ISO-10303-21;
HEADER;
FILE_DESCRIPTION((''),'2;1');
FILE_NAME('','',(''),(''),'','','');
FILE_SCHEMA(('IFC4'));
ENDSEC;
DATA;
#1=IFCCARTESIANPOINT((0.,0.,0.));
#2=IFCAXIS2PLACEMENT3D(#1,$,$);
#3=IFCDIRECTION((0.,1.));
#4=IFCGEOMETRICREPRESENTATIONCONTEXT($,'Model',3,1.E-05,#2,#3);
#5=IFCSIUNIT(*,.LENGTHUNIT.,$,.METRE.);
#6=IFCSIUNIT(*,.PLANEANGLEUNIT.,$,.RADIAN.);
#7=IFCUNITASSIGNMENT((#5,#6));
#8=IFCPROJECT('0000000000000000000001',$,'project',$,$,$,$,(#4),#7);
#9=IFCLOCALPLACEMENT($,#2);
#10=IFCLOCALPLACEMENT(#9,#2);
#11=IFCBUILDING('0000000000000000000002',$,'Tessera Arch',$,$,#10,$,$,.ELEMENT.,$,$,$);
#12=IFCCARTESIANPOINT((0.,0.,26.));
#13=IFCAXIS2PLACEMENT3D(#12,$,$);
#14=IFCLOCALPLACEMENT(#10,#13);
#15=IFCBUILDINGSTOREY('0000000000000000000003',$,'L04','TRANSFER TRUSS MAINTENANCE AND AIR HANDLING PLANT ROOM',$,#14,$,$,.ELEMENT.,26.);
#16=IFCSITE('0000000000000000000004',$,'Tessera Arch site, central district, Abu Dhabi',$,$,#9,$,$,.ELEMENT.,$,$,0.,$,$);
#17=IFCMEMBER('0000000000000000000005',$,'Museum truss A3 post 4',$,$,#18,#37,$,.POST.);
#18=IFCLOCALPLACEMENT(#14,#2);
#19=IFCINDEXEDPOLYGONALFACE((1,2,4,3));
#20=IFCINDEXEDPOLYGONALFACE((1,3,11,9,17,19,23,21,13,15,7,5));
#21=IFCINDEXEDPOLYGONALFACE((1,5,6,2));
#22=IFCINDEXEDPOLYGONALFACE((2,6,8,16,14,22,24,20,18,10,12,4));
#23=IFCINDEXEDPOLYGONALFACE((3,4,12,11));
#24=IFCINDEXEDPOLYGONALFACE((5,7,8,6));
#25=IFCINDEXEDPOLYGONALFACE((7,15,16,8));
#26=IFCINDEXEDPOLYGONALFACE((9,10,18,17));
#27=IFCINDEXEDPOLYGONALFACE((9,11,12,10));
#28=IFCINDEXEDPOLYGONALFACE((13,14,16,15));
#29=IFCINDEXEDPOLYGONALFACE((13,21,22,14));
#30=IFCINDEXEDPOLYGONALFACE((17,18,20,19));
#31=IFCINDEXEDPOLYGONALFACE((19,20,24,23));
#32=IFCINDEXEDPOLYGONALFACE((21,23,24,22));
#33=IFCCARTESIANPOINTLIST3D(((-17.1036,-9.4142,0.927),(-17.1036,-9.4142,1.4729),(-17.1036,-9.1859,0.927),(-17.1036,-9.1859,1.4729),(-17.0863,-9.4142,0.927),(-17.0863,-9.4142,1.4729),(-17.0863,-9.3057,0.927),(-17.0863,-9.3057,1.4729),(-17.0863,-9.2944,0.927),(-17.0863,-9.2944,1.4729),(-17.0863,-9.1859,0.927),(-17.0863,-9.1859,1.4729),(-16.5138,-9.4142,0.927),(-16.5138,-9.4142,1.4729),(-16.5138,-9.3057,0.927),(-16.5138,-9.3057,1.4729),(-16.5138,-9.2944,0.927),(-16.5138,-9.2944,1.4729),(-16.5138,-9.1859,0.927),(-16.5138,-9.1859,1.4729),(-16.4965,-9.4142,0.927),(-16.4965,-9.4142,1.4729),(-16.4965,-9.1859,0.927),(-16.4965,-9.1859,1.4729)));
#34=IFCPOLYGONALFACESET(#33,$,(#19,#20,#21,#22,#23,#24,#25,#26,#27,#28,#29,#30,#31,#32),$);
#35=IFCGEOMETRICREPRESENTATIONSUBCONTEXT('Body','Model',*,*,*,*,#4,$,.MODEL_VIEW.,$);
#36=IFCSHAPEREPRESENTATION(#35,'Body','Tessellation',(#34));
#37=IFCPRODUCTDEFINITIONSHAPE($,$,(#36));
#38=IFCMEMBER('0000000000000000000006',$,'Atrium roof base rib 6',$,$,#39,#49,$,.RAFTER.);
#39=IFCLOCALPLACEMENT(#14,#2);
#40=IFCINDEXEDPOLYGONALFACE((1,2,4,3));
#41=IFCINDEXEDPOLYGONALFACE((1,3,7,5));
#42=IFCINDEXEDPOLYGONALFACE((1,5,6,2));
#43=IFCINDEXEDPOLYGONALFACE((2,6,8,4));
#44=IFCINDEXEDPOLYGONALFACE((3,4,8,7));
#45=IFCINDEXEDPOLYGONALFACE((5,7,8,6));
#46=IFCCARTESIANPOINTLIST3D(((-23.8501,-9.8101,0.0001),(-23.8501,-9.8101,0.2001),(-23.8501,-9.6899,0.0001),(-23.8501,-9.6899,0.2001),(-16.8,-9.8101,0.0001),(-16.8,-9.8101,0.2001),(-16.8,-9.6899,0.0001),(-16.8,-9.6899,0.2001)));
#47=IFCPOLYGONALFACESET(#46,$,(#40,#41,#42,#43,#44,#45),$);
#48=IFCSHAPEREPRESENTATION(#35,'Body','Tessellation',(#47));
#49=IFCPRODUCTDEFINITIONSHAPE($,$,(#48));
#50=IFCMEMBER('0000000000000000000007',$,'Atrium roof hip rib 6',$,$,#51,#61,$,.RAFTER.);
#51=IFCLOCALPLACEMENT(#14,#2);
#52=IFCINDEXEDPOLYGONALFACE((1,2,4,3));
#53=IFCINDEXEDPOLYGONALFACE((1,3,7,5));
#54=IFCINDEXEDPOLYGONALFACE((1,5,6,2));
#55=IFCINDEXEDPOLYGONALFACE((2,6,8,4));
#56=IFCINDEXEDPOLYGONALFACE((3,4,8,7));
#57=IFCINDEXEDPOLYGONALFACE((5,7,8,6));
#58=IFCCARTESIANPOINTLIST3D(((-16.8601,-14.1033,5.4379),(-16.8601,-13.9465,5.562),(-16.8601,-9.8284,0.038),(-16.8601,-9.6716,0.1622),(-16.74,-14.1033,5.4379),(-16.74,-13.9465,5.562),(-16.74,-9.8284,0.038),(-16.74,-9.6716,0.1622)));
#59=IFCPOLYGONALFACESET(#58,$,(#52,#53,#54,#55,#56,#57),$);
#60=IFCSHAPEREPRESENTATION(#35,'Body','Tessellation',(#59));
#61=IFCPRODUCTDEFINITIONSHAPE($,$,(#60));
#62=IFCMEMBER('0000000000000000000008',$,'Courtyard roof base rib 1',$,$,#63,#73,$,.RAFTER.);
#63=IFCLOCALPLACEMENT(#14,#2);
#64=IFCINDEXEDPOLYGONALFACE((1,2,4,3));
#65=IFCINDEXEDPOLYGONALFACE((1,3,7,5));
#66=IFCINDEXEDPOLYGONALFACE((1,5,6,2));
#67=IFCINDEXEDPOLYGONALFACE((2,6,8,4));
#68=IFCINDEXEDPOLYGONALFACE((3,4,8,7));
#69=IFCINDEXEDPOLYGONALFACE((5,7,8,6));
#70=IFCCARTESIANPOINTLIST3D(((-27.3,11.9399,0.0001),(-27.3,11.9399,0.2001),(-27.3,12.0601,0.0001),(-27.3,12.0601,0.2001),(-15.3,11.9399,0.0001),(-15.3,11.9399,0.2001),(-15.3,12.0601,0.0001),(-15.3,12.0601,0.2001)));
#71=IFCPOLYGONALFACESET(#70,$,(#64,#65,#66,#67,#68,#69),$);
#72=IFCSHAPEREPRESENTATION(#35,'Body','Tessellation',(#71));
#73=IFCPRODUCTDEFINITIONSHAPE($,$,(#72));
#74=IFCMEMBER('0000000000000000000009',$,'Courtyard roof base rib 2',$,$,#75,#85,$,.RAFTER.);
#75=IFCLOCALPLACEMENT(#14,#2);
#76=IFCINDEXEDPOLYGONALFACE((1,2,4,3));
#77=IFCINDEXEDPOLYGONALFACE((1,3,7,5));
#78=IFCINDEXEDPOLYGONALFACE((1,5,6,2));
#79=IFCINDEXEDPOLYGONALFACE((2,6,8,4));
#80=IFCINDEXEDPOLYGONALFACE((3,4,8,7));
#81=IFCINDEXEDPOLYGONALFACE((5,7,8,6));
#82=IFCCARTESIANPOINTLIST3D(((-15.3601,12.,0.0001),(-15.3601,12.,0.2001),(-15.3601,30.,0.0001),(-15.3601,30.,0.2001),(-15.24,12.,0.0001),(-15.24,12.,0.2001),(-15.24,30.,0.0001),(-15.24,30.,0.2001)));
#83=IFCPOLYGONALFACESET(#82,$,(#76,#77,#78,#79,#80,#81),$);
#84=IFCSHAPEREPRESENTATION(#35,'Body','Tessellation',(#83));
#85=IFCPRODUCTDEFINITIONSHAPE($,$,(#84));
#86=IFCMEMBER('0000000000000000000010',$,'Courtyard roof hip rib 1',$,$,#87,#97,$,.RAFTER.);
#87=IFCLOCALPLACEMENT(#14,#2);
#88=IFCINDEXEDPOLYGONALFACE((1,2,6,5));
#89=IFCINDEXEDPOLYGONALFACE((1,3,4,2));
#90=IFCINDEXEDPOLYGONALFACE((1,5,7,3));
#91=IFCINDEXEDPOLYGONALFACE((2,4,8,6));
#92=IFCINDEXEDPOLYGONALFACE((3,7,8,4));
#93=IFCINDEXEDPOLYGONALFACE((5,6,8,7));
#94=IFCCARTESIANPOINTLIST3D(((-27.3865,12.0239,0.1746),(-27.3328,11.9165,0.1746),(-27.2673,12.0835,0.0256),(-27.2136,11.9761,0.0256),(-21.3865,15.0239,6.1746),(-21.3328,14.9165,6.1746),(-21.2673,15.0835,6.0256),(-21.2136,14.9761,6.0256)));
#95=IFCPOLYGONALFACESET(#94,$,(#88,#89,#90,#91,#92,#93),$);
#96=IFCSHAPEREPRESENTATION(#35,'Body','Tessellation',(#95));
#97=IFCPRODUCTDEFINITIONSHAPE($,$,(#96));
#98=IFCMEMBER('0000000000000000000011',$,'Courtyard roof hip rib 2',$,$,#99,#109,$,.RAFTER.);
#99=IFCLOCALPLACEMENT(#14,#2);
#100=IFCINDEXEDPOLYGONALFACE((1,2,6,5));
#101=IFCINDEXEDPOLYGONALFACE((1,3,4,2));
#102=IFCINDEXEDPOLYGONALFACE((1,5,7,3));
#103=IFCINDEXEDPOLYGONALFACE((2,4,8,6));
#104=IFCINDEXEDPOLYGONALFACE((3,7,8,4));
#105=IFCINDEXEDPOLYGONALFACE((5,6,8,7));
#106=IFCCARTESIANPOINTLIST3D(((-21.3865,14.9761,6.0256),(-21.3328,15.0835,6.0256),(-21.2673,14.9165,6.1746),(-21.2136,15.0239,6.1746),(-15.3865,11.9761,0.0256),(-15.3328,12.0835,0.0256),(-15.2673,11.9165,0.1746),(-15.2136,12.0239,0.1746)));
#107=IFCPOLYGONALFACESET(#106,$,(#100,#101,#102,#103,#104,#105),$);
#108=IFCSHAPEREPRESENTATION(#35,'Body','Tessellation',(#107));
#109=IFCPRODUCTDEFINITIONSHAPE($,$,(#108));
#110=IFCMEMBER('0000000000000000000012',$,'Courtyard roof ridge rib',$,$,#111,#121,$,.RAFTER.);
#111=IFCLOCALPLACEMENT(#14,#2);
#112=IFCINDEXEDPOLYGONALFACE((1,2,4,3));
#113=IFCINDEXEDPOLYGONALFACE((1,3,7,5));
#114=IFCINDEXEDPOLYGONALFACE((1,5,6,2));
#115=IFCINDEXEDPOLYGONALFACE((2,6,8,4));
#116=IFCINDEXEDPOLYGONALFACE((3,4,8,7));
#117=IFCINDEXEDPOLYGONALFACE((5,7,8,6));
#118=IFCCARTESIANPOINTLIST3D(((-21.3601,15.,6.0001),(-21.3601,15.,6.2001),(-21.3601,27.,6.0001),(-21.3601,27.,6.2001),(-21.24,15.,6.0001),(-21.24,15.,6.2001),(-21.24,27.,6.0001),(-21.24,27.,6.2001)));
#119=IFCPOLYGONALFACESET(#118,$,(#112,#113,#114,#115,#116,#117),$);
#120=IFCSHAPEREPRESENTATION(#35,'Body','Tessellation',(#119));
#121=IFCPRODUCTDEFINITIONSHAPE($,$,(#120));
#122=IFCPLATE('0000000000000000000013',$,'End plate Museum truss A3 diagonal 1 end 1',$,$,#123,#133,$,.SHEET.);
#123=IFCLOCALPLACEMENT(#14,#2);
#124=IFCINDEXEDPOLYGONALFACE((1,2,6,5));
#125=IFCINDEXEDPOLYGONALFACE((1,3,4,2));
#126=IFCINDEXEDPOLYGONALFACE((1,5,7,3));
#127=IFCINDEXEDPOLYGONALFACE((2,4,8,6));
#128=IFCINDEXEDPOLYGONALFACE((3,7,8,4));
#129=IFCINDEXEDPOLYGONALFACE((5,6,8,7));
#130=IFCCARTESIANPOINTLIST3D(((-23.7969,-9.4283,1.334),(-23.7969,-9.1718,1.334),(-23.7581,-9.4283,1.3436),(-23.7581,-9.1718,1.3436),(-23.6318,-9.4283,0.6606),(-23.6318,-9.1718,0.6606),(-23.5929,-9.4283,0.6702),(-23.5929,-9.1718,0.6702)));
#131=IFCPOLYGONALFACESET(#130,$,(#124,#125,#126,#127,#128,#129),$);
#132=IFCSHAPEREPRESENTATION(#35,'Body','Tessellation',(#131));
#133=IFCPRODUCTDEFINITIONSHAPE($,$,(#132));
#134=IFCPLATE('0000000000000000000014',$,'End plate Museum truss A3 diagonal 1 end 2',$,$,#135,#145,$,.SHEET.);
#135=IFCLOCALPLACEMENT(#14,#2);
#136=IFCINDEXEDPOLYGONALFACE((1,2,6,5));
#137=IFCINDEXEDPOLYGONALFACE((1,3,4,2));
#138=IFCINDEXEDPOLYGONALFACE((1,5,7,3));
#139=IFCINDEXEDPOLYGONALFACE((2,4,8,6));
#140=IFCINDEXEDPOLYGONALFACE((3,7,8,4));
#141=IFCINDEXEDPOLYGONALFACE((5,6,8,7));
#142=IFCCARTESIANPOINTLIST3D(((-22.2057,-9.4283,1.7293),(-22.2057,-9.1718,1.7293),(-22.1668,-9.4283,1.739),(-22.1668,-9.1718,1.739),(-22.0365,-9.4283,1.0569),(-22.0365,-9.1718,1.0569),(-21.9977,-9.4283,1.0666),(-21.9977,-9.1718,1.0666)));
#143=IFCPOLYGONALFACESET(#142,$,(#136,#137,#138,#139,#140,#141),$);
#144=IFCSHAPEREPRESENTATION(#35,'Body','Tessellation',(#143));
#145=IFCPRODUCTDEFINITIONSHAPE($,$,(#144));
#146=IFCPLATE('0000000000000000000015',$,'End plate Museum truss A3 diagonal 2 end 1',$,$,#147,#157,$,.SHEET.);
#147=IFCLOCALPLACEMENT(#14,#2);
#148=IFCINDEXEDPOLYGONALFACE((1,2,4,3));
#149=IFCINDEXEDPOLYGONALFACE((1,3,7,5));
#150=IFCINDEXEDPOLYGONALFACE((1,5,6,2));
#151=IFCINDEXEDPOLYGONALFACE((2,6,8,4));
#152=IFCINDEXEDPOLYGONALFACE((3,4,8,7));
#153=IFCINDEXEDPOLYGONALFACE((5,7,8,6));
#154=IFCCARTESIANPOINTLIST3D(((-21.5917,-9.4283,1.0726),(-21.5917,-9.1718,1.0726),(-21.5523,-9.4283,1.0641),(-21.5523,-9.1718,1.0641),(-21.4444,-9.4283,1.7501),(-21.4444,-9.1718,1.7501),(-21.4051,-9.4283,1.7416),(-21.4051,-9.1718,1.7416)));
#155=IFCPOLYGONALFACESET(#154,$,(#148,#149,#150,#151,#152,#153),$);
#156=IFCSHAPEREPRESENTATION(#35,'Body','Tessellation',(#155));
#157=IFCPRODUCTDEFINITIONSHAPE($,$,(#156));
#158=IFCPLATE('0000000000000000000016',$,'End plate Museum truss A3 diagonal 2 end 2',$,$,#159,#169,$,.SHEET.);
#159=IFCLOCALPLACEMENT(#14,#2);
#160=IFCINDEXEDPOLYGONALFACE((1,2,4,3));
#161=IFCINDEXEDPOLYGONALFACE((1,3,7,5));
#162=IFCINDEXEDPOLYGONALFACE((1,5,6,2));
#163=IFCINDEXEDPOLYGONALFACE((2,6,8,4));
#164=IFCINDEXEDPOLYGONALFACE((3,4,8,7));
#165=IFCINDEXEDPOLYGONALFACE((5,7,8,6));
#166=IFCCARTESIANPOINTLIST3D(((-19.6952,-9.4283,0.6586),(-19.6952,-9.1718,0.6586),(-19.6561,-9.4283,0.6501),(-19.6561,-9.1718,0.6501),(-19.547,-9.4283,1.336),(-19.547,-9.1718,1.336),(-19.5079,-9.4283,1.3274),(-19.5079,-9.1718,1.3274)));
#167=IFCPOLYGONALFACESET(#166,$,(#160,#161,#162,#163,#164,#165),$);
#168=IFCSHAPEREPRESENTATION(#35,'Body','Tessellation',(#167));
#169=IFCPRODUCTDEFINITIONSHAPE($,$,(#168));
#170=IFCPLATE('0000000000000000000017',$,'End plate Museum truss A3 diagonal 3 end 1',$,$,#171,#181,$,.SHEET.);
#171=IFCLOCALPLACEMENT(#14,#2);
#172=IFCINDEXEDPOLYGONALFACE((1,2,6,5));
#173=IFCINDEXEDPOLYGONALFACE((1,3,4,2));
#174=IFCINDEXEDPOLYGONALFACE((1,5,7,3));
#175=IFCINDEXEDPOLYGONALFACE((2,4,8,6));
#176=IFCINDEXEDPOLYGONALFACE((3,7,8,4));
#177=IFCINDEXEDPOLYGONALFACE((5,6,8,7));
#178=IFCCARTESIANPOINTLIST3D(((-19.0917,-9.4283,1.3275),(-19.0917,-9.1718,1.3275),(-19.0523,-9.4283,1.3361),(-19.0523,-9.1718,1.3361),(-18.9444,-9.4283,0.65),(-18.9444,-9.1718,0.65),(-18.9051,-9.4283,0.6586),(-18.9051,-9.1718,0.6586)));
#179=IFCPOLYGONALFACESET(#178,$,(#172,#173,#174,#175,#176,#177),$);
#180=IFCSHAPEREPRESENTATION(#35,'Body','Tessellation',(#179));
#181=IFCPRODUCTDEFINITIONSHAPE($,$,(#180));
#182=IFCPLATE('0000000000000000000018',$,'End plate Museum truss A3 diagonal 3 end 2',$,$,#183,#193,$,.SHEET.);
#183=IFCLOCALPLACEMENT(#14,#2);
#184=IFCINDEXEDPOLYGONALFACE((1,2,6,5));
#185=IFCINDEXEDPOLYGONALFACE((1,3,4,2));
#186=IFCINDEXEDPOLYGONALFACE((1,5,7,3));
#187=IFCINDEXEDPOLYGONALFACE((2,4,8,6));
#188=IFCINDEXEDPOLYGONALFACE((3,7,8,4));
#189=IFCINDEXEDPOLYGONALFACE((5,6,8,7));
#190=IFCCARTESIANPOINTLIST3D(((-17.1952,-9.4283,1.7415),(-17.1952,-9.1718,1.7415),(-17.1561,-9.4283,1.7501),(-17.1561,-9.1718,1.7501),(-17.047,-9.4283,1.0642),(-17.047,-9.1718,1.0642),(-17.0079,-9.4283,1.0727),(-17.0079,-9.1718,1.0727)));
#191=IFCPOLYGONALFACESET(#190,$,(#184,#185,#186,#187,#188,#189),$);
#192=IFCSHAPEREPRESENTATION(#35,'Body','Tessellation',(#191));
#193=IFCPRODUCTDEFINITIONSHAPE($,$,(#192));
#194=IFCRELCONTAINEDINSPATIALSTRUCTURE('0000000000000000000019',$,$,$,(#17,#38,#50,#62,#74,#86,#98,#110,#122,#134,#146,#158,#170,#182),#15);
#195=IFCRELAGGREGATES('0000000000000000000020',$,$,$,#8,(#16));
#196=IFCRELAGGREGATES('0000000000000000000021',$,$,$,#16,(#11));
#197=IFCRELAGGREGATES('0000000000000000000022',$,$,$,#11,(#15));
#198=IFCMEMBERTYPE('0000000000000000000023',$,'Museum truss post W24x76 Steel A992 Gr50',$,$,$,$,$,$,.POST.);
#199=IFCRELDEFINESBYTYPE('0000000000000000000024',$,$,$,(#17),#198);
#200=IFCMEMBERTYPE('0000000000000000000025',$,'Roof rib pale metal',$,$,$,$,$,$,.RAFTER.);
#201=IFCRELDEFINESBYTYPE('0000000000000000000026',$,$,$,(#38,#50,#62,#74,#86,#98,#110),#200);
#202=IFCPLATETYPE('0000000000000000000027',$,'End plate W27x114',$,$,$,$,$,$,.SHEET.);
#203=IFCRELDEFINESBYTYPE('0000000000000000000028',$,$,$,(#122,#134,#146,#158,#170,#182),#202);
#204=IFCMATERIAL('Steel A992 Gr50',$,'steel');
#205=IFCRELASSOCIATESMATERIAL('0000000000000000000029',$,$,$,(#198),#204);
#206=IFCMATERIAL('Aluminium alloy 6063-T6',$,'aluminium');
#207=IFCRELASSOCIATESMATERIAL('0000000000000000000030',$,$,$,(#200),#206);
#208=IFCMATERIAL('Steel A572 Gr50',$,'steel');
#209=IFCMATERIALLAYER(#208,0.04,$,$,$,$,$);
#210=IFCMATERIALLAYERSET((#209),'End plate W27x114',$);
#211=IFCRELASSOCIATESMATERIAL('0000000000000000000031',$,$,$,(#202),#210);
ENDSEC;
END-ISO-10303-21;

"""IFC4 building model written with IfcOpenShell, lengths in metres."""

from ifc_helpers import new_model, si_unit, direction, frame, origin, origin_2d, place, context, subcontext, project, spatial, rectangle, i_section, extrude, material, layer, layer_set, material_profile, profile_set, type_object, element, save


model = new_model("IFC4")

# Units and contexts
model_context = context("Model", 3, precision=1e-05, world=origin(), true_north=direction((0.0, 1.0)))
body_context = subcontext(model_context, "Body", "Model", "MODEL_VIEW")
ifc_project = project(units=[si_unit("LENGTHUNIT", "METRE"), si_unit("PLANEANGLEUNIT", "RADIAN")], contexts=[model_context])

# Site, building, storey
site_placement = place(None, origin())
site = spatial("IfcSite", under=ifc_project, at=site_placement, Name="Tessera Arch site, central district, Abu Dhabi", CompositionType="ELEMENT", RefElevation=0.0)
building_placement = place(site_placement, origin())
building = spatial("IfcBuilding", under=site, at=building_placement, Name="Tessera Arch", CompositionType="ELEMENT")
storey_placement = place(building_placement, frame((0.0, 0.0, 26.0)))
storey = spatial("IfcBuildingStorey", under=building, at=storey_placement, Name="L04", Description="TRANSFER TRUSS MAINTENANCE AND AIR HANDLING PLANT ROOM", CompositionType="ELEMENT", Elevation=26.0)

# Members
ifc_material_1 = material(Name="Steel A992 Gr50", Category="steel")
ifc_material_profile_1 = material_profile(ifc_material_1, i_section(OverallWidth=0.2283, OverallDepth=0.6072, WebThickness=0.0112, FlangeThickness=0.0173, at=origin_2d()), Name="W24x76")
ifc_profile_set_1 = profile_set([ifc_material_profile_1], Name="Steel A992 Gr50")
member_type_1 = type_object("IfcMemberType", Name="Museum truss post W24x76 Steel A992 Gr50", PredefinedType="POST", material=ifc_profile_set_1)
for number, where, z_axis, x_axis, name in (
    (1, (-16.8, -9.3, 0.927), (0.0, 0.0, 1.0), (0.0, 1.0, 0.0), "Museum truss A3 post 4"),
):
    element("IfcMember", number, at=place(storey_placement, frame(where, z_axis=z_axis, x_axis=x_axis)), inside=storey, type_object=member_type_1, Name=name, PredefinedType="POST", context=body_context, shape_type="SweptSolid", body=[
        extrude(i_section(OverallWidth=0.2283, OverallDepth=0.6072, WebThickness=0.0112, FlangeThickness=0.0173, at=origin_2d()), origin(), (0.0, 0.0, 1.0), 0.5459),
    ])
ifc_material_2 = material(Name="Aluminium alloy 6063-T6", Category="aluminium")
ifc_material_profile_2 = material_profile(ifc_material_2, rectangle(XDim=0.1201, YDim=0.2, at=origin_2d()), Name="AL 120x200")
ifc_profile_set_2 = profile_set([ifc_material_profile_2], Name="Aluminium alloy 6063-T6")
member_type_2 = type_object("IfcMemberType", Name="Roof rib pale metal", PredefinedType="RAFTER", material=ifc_profile_set_2)
member_1_placement = place(storey_placement, frame((-16.8, -9.75, 0.1001), z_axis=(-1.0, 0.0, 0.0), x_axis=(0.0, -1.0, 0.0)))
element("IfcMember", 2, at=member_1_placement, inside=storey, type_object=member_type_2, Name="Atrium roof base rib 6", PredefinedType="RAFTER", context=body_context, shape_type="SweptSolid", body=[
    extrude(rectangle(XDim=0.1201, YDim=0.2, at=origin_2d()), origin(), (0.0, 0.0, 1.0), 7.05),
])
member_2_placement = place(storey_placement, frame((-16.8, -9.75, 0.1001), z_axis=(0.0, -0.620701, 0.784047), x_axis=(1.0, 0.0, 0.0)))
element("IfcMember", 3, at=member_2_placement, inside=storey, type_object=member_type_2, Name="Atrium roof hip rib 6", PredefinedType="RAFTER", context=body_context, shape_type="SweptSolid", body=[
    extrude(rectangle(XDim=0.1201, YDim=0.2, at=origin_2d()), origin(), (0.0, 0.0, 1.0), 6.8872),
])
member_3_placement = place(storey_placement, frame((-27.3, 12.0, 0.1001), z_axis=(1.0, 0.0, 0.0), x_axis=(0.0, 1.0, 0.0)))
element("IfcMember", 4, at=member_3_placement, inside=storey, type_object=member_type_2, Name="Courtyard roof base rib 1", PredefinedType="RAFTER", context=body_context, shape_type="SweptSolid", body=[
    extrude(rectangle(XDim=0.1201, YDim=0.2, at=origin_2d()), origin(), (0.0, 0.0, 1.0), 12.0),
])
member_4_placement = place(storey_placement, frame((-15.3, 12.0, 0.1001), z_axis=(0.0, 1.0, 0.0), x_axis=(-1.0, 0.0, 0.0)))
element("IfcMember", 5, at=member_4_placement, inside=storey, type_object=member_type_2, Name="Courtyard roof base rib 2", PredefinedType="RAFTER", context=body_context, shape_type="SweptSolid", body=[
    extrude(rectangle(XDim=0.1201, YDim=0.2, at=origin_2d()), origin(), (0.0, 0.0, 1.0), 18.0),
])
for number, where, z_axis, x_axis, name in (
    (6, (-27.3, 12.0, 0.1001), (0.666667, 0.333333, 0.666667), (-0.447214, 0.894427, 0.0), "Courtyard roof hip rib 1"),
    (7, (-15.3, 12.0, 0.1001), (-0.666667, 0.333333, 0.666667), (-0.447214, -0.894427, 0.0), "Courtyard roof hip rib 2"),
):
    element("IfcMember", number, at=place(storey_placement, frame(where, z_axis=z_axis, x_axis=x_axis)), inside=storey, type_object=member_type_2, Name=name, PredefinedType="RAFTER", context=body_context, shape_type="SweptSolid", body=[
        extrude(rectangle(XDim=0.1201, YDim=0.2, at=origin_2d()), origin(), (0.0, 0.0, 1.0), 9.0),
    ])
member_5_placement = place(storey_placement, frame((-21.3, 15.0, 6.1001), z_axis=(0.0, 1.0, 0.0), x_axis=(-1.0, 0.0, 0.0)))
element("IfcMember", 8, at=member_5_placement, inside=storey, type_object=member_type_2, Name="Courtyard roof ridge rib", PredefinedType="RAFTER", context=body_context, shape_type="SweptSolid", body=[
    extrude(rectangle(XDim=0.1201, YDim=0.2, at=origin_2d()), origin(), (0.0, 0.0, 1.0), 12.0),
])

# Plates
ifc_material_3 = material(Name="Steel A572 Gr50", Category="steel")
ifc_layer_1 = layer(ifc_material_3, 0.04)
ifc_layer_set_1 = layer_set([ifc_layer_1], Name="End plate W27x114")
plate_type_1 = type_object("IfcPlateType", Name="End plate W27x114", PredefinedType="SHEET", material=ifc_layer_set_1)
for number, where, z_axis, x_axis, name in (
    (9, (-23.7144, -9.3, 0.9973), (0.971211, 0.0, 0.238222), (0.0, 1.0, 0.0), "End plate Museum truss A3 diagonal 1 end 1"),
    (10, (-22.1211, -9.3, 1.3931), (0.969783, 0.0, 0.24397), (0.0, 1.0, 0.0), "End plate Museum truss A3 diagonal 1 end 2"),
):
    element("IfcPlate", number, at=place(storey_placement, frame(where, z_axis=z_axis, x_axis=x_axis)), inside=storey, type_object=plate_type_1, Name=name, PredefinedType="SHEET", context=body_context, shape_type="SweptSolid", body=[
        extrude(rectangle(XDim=0.2566, YDim=0.6934, at=origin_2d()), origin(), (0.0, 0.0, 1.0), 0.04),
    ])
plate_1_placement = place(storey_placement, frame((-21.5181, -9.3, 1.4114), z_axis=(0.977176, 0.0, -0.21243), x_axis=(0.0, 1.0, 0.0)))
element("IfcPlate", 11, at=plate_1_placement, inside=storey, type_object=plate_type_1, Name="End plate Museum truss A3 diagonal 2 end 1", PredefinedType="SHEET", context=body_context, shape_type="SweptSolid", body=[
    extrude(rectangle(XDim=0.2566, YDim=0.6934, at=origin_2d()), origin(), (0.0, 0.0, 1.0), 0.0403),
])
plate_2_placement = place(storey_placement, frame((-19.6211, -9.3, 0.9973), z_axis=(0.9769, 0.0, -0.213697), x_axis=(0.0, 1.0, 0.0)))
element("IfcPlate", 12, at=plate_2_placement, inside=storey, type_object=plate_type_1, Name="End plate Museum truss A3 diagonal 2 end 2", PredefinedType="SHEET", context=body_context, shape_type="SweptSolid", body=[
    extrude(rectangle(XDim=0.2566, YDim=0.6934, at=origin_2d()), origin(), (0.0, 0.0, 1.0), 0.04),
])
plate_3_placement = place(storey_placement, frame((-19.0181, -9.3, 0.9888), z_axis=(0.977176, 0.0, 0.21243), x_axis=(0.0, 1.0, 0.0)))
element("IfcPlate", 13, at=plate_3_placement, inside=storey, type_object=plate_type_1, Name="End plate Museum truss A3 diagonal 3 end 1", PredefinedType="SHEET", context=body_context, shape_type="SweptSolid", body=[
    extrude(rectangle(XDim=0.2566, YDim=0.6934, at=origin_2d()), origin(), (0.0, 0.0, 1.0), 0.0403),
])
plate_4_placement = place(storey_placement, frame((-17.1211, -9.3, 1.4028), z_axis=(0.9769, 0.0, 0.213697), x_axis=(0.0, 1.0, 0.0)))
element("IfcPlate", 14, at=plate_4_placement, inside=storey, type_object=plate_type_1, Name="End plate Museum truss A3 diagonal 3 end 2", PredefinedType="SHEET", context=body_context, shape_type="SweptSolid", body=[
    extrude(rectangle(XDim=0.2566, YDim=0.6934, at=origin_2d()), origin(), (0.0, 0.0, 1.0), 0.04),
])

save(model, "model.ifc")
